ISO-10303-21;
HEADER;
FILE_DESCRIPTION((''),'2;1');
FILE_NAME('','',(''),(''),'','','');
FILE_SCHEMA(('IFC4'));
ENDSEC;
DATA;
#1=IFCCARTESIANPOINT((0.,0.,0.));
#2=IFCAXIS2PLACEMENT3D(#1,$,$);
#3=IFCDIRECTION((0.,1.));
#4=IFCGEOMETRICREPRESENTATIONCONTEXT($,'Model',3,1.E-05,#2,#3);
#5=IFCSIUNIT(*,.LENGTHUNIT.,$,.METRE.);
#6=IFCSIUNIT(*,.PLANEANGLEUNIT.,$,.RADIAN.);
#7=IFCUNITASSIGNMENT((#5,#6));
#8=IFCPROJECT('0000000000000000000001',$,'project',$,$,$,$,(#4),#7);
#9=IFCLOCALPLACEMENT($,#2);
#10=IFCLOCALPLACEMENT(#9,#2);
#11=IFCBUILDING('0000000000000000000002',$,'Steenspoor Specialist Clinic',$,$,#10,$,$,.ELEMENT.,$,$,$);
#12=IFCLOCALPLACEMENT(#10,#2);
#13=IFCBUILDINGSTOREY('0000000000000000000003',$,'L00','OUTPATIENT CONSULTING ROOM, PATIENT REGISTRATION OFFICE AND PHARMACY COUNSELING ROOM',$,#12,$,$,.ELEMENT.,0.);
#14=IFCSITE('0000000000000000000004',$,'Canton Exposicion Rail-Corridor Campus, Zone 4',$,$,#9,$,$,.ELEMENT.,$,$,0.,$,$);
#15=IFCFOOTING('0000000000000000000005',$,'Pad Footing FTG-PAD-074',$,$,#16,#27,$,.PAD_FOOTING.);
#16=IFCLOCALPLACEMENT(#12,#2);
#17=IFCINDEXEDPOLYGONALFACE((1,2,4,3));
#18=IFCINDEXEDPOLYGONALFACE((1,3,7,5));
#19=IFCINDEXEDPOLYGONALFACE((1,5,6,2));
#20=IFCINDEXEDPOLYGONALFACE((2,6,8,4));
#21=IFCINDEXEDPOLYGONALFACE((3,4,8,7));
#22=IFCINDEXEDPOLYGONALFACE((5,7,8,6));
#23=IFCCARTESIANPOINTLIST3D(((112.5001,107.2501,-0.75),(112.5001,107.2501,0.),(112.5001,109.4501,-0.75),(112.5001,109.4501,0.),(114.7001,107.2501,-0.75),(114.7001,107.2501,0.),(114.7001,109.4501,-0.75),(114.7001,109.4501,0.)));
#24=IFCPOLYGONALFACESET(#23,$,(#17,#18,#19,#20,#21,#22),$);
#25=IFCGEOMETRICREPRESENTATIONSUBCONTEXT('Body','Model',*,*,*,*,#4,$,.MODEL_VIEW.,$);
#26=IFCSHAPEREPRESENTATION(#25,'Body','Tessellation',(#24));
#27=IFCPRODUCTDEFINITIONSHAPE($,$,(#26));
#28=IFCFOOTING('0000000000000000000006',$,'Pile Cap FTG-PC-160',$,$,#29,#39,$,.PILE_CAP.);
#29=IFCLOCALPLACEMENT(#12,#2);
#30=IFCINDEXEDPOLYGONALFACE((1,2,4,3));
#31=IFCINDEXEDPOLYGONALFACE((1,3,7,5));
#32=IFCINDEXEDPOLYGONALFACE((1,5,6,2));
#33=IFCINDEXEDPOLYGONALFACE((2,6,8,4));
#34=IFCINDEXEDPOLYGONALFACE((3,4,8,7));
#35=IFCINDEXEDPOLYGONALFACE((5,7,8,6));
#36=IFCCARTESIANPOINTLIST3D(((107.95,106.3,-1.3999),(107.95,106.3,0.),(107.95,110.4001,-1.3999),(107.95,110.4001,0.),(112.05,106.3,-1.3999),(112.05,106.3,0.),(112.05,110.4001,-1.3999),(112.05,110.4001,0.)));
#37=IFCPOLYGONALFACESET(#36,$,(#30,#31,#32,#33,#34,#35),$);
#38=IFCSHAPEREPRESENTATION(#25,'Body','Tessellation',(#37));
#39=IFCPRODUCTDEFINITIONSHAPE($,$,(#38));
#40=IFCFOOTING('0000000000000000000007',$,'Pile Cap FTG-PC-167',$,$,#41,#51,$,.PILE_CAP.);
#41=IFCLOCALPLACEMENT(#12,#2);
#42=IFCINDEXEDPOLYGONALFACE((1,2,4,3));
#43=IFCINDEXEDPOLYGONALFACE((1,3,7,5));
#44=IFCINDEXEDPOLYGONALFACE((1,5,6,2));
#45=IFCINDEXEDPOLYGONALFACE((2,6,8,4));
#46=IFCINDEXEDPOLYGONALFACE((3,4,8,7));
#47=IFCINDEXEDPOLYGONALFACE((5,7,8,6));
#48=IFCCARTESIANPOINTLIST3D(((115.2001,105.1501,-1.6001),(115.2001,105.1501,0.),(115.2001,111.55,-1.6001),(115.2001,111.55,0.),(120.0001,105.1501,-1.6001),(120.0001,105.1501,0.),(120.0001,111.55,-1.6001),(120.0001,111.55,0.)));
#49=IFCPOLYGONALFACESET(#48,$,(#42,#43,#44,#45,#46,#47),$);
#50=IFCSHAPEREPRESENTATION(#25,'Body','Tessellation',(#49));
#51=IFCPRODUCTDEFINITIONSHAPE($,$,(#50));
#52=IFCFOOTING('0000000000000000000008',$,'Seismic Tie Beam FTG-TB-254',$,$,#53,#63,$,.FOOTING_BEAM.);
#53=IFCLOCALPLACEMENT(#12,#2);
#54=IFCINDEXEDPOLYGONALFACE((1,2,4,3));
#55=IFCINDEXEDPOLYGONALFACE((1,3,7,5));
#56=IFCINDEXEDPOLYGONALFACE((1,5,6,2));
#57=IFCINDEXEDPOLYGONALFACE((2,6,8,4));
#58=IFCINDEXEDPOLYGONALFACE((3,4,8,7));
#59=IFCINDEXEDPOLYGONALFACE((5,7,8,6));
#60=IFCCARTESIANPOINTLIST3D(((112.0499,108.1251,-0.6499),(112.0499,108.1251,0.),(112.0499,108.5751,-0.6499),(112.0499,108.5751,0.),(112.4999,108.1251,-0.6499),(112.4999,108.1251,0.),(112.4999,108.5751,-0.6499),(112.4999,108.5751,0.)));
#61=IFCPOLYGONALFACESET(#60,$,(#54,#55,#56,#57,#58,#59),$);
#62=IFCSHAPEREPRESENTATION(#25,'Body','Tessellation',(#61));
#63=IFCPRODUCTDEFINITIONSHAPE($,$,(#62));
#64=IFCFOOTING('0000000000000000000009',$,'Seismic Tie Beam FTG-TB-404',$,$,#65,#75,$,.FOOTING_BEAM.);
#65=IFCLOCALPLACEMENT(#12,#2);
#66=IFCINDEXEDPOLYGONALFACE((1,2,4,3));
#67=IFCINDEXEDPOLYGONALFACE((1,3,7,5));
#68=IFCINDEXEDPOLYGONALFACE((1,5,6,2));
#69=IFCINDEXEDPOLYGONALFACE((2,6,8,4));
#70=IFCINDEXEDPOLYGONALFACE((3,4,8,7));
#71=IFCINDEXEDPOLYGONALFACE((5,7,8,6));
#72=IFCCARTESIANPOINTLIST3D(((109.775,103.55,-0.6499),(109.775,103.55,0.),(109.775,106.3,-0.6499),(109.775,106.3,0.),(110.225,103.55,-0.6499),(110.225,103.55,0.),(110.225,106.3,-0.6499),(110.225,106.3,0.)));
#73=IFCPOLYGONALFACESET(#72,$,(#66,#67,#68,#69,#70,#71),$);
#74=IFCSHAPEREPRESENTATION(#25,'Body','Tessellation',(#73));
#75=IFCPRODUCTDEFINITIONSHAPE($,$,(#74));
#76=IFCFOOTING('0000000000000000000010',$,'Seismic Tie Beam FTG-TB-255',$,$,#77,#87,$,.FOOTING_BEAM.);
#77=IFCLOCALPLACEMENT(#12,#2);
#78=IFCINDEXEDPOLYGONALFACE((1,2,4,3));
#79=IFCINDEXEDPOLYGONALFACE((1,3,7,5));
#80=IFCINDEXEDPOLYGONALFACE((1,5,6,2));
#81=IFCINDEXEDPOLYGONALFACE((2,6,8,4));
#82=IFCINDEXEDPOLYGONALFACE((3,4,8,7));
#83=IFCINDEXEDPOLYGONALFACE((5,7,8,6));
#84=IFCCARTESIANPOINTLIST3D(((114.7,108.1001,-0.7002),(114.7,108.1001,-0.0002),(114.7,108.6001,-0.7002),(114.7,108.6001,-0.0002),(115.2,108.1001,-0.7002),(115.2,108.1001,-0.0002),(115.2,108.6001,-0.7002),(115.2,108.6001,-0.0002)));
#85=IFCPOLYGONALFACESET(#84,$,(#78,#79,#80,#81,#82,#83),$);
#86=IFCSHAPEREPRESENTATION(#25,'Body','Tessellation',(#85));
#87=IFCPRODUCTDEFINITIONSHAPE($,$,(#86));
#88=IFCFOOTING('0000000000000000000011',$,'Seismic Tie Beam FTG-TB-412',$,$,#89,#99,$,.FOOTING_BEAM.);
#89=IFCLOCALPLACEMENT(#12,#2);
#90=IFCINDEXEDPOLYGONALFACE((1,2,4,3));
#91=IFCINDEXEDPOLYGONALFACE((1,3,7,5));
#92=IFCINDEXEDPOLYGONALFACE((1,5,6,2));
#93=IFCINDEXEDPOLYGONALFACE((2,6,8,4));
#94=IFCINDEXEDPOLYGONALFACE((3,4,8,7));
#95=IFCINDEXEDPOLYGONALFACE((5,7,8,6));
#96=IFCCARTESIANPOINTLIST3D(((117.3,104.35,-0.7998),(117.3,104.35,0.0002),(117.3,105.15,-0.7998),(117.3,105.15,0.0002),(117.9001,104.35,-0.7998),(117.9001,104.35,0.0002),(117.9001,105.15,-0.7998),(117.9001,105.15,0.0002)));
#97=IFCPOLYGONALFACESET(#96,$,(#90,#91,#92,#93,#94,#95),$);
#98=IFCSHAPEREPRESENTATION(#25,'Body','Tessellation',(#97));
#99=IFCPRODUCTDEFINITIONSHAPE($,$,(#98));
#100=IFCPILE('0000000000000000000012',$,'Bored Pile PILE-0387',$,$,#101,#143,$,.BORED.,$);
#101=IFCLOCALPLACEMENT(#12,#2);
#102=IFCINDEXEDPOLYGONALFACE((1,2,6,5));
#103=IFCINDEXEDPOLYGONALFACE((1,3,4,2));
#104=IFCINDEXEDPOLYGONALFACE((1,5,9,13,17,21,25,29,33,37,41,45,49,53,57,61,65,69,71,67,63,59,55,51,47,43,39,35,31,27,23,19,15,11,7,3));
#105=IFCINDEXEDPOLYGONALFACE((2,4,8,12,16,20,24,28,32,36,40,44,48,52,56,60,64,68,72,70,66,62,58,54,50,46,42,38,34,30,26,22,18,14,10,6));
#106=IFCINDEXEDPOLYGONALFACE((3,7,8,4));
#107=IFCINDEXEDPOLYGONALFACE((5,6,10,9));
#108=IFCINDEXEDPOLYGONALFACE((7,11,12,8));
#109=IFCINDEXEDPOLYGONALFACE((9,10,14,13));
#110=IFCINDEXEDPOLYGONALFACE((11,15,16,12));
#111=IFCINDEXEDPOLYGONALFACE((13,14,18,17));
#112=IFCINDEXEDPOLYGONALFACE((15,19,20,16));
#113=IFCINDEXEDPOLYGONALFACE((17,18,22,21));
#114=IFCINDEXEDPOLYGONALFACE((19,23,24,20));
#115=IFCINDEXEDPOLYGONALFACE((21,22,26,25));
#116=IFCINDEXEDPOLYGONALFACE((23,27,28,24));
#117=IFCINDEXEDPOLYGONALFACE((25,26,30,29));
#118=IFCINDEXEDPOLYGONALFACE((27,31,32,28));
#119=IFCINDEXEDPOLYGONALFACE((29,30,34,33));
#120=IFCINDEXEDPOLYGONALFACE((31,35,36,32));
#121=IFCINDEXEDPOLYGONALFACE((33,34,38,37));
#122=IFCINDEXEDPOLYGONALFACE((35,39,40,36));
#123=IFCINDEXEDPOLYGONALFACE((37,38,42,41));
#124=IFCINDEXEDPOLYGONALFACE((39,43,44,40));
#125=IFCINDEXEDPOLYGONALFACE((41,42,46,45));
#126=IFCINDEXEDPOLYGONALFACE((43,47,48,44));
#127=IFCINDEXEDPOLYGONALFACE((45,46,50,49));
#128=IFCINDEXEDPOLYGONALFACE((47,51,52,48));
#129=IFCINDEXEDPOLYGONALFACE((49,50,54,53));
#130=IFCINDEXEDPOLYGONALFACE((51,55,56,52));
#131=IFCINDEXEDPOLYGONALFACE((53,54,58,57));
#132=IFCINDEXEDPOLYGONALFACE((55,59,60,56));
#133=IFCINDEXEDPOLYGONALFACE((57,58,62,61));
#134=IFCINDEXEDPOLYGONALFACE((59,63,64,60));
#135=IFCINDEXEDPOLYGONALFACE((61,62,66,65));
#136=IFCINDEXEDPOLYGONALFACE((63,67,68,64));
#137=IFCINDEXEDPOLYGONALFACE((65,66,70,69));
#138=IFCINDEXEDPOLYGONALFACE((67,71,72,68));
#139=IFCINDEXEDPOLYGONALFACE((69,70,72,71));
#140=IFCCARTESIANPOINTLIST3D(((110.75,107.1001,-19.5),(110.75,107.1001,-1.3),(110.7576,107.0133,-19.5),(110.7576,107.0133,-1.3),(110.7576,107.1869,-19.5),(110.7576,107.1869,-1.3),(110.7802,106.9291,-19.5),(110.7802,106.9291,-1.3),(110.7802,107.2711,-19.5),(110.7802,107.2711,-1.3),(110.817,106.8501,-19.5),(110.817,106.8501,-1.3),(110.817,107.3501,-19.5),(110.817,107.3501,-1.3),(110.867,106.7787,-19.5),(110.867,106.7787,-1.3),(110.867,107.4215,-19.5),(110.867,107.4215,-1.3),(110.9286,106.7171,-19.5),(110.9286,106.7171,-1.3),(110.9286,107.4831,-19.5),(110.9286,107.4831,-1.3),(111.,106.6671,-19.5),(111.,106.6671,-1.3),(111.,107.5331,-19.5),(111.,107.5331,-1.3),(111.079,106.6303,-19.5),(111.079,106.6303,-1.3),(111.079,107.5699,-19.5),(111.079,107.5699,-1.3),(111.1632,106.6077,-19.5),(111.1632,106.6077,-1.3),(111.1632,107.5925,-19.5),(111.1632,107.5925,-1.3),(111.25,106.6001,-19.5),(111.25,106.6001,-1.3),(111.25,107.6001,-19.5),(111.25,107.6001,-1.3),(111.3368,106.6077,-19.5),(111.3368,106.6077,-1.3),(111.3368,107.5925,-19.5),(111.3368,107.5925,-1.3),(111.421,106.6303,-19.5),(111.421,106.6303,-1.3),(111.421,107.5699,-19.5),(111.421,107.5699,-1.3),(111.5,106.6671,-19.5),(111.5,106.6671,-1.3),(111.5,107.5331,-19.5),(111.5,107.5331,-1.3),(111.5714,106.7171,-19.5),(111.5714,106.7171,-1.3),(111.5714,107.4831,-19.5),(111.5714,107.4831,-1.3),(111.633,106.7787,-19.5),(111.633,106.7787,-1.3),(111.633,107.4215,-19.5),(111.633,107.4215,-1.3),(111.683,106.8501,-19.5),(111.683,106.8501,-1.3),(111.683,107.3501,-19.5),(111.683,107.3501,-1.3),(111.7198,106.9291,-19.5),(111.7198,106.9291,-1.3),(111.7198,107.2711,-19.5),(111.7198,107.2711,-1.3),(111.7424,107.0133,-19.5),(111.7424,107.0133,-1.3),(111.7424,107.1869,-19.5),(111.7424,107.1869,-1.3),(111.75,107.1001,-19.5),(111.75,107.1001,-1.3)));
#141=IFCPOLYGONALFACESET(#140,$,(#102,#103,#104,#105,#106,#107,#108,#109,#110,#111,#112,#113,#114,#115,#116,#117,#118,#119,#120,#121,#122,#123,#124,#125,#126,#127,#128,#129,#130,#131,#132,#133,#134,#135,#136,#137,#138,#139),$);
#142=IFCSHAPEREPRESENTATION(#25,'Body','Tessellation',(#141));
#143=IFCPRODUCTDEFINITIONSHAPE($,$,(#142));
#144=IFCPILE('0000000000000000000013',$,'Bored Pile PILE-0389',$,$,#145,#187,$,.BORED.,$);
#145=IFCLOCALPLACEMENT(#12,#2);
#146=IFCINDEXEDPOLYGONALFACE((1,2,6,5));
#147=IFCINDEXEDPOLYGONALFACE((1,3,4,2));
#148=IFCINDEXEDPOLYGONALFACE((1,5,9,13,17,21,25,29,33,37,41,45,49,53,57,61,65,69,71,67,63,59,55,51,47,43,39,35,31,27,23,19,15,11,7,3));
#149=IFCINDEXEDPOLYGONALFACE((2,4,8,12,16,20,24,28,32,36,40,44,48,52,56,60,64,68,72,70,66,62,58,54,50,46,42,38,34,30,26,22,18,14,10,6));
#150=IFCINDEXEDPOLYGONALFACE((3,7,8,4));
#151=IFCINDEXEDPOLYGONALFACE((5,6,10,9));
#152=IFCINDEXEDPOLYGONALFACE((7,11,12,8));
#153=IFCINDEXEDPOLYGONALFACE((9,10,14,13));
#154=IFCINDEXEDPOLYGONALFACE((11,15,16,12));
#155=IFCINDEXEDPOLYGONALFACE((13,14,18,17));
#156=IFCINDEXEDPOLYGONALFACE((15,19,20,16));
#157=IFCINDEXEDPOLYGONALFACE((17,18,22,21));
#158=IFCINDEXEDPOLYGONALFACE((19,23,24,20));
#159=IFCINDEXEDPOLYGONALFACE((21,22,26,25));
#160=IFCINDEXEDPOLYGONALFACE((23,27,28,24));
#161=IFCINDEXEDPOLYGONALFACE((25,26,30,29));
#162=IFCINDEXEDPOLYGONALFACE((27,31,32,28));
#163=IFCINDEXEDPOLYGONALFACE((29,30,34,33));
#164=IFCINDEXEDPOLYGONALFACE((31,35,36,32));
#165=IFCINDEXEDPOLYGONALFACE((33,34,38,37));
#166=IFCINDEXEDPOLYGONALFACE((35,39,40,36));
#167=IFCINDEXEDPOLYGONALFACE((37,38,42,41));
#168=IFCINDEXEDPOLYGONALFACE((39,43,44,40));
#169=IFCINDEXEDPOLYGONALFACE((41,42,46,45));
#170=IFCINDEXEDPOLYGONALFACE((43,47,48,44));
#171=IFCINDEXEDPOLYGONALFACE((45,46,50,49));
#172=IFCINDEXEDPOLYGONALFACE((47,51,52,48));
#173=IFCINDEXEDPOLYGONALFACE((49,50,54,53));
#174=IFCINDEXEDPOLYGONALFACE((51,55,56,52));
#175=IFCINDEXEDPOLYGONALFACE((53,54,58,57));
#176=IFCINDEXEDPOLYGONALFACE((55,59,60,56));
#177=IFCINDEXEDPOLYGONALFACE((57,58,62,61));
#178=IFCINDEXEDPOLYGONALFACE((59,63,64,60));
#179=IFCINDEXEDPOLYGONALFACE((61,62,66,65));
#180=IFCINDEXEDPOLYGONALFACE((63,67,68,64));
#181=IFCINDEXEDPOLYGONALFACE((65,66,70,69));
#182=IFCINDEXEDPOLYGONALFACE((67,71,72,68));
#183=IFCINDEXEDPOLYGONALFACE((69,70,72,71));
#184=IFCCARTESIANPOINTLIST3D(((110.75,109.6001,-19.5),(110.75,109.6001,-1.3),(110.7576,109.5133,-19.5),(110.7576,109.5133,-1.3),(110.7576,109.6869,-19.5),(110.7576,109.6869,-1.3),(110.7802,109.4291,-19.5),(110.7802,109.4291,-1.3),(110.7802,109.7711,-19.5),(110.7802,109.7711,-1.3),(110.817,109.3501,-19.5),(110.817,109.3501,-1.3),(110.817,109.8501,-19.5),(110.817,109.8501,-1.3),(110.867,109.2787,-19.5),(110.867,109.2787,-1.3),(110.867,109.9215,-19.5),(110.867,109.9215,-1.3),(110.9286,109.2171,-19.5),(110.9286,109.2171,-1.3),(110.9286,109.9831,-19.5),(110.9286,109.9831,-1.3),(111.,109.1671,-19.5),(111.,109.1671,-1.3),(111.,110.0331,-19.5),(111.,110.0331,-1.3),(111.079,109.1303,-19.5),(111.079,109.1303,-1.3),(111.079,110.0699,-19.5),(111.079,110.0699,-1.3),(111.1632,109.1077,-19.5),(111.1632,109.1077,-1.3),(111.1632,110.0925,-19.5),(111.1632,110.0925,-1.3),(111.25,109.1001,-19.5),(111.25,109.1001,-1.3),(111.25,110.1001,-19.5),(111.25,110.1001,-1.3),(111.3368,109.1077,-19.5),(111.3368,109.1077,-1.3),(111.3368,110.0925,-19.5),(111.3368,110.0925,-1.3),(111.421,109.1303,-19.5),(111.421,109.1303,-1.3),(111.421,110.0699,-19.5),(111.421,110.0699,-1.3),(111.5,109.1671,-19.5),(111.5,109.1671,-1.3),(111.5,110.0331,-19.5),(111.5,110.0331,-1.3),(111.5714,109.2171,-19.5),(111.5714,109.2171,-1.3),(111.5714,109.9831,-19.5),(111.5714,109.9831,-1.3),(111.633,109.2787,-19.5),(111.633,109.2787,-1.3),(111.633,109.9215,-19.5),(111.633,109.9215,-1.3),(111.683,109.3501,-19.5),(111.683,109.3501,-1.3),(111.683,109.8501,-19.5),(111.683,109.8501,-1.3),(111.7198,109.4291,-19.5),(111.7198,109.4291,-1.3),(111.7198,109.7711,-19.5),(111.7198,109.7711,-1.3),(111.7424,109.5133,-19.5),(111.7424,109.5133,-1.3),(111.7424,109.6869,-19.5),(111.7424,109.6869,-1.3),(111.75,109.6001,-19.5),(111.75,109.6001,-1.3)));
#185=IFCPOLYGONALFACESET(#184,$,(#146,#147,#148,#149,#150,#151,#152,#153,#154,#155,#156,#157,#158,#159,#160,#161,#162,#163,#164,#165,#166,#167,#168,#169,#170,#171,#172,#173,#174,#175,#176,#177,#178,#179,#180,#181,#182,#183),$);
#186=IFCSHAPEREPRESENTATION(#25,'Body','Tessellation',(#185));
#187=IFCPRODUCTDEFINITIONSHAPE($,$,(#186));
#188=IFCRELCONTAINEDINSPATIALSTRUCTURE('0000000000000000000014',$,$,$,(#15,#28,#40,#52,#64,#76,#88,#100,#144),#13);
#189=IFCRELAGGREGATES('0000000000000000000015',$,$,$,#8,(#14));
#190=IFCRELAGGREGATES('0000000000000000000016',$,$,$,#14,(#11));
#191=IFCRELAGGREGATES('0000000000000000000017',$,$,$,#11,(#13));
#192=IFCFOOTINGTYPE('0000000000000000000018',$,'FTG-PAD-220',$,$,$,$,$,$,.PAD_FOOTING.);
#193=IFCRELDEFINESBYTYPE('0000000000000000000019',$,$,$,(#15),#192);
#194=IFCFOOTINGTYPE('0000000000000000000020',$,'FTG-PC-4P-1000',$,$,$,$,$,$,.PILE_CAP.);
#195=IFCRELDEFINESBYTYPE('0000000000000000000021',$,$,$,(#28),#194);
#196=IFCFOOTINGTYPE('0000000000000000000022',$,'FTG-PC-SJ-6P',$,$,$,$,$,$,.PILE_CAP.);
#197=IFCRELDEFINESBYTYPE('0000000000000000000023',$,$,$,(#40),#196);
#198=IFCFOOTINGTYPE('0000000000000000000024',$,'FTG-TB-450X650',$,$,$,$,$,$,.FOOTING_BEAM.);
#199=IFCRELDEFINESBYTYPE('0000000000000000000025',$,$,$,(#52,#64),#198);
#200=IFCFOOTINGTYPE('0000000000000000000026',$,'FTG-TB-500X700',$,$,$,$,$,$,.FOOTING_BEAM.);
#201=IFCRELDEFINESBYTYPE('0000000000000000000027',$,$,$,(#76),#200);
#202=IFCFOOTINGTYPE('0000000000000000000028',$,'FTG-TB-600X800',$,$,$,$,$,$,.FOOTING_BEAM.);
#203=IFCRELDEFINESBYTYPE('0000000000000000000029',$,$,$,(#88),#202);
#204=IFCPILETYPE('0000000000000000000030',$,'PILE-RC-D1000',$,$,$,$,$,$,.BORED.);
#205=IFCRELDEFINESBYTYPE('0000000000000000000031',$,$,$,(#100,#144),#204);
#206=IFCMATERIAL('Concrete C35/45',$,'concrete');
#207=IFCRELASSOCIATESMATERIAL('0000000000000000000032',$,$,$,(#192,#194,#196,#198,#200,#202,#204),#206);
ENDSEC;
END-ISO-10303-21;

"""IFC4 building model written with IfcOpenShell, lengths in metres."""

from ifc_helpers import new_model, si_unit, direction, frame, origin, origin_2d, place, context, subcontext, project, spatial, rectangle, circle, extrude, material, material_profile, profile_set, type_object, element, save


model = new_model("IFC4")

# Units and contexts
model_context = context("Model", 3, precision=1e-05, world=origin(), true_north=direction((0.0, 1.0)))
body_context = subcontext(model_context, "Body", "Model", "MODEL_VIEW")
ifc_project = project(units=[si_unit("LENGTHUNIT", "METRE"), si_unit("PLANEANGLEUNIT", "RADIAN")], contexts=[model_context])

# Site, building, storey
site_placement = place(None, origin())
site = spatial("IfcSite", under=ifc_project, at=site_placement, Name="Canton Exposicion Rail-Corridor Campus, Zone 4", CompositionType="ELEMENT", RefElevation=0.0)
building_placement = place(site_placement, origin())
building = spatial("IfcBuilding", under=site, at=building_placement, Name="Steenspoor Specialist Clinic", CompositionType="ELEMENT")
storey_placement = place(building_placement, origin())
storey = spatial("IfcBuildingStorey", under=building, at=storey_placement, Name="L00", Description="OUTPATIENT CONSULTING ROOM, PATIENT REGISTRATION OFFICE AND PHARMACY COUNSELING ROOM", CompositionType="ELEMENT", Elevation=0.0)

# Footings
ifc_material_1 = material(Name="Concrete C35/45", Category="concrete")
footing_type_1 = type_object("IfcFootingType", Name="FTG-PAD-220", PredefinedType="PAD_FOOTING", material=ifc_material_1)
footing_1_placement = place(storey_placement, frame((113.6001, 108.3501, -0.75), z_axis=(0.0, 0.0, 1.0), x_axis=(1.0, 0.0, 0.0)))
element("IfcFooting", 1, at=footing_1_placement, inside=storey, type_object=footing_type_1, Name="Pad Footing FTG-PAD-074", PredefinedType="PAD_FOOTING", context=body_context, shape_type="SweptSolid", body=[
    extrude(rectangle(XDim=2.2, YDim=2.2, at=origin_2d()), origin(), (0.0, 0.0, 1.0), 0.75),
])
footing_type_2 = type_object("IfcFootingType", Name="FTG-PC-4P-1000", PredefinedType="PILE_CAP", material=ifc_material_1)
footing_2_placement = place(storey_placement, frame((110.0, 108.3501, -1.3999), z_axis=(0.0, 0.0, 1.0), x_axis=(1.0, 0.0, 0.0)))
element("IfcFooting", 2, at=footing_2_placement, inside=storey, type_object=footing_type_2, Name="Pile Cap FTG-PC-160", PredefinedType="PILE_CAP", context=body_context, shape_type="SweptSolid", body=[
    extrude(rectangle(XDim=4.1001, YDim=4.1001, at=origin_2d()), origin(), (0.0, 0.0, 1.0), 1.3999),
])
footing_type_3 = type_object("IfcFootingType", Name="FTG-PC-SJ-6P", PredefinedType="PILE_CAP", material=ifc_material_1)
footing_3_placement = place(storey_placement, frame((117.6001, 108.3501, -1.6001), z_axis=(0.0, 0.0, 1.0), x_axis=(1.0, 0.0, 0.0)))
element("IfcFooting", 3, at=footing_3_placement, inside=storey, type_object=footing_type_3, Name="Pile Cap FTG-PC-167", PredefinedType="PILE_CAP", context=body_context, shape_type="SweptSolid", body=[
    extrude(rectangle(XDim=4.8, YDim=6.3999, at=origin_2d()), origin(), (0.0, 0.0, 1.0), 1.6001),
])
footing_type_4 = type_object("IfcFootingType", Name="FTG-TB-450X650", PredefinedType="FOOTING_BEAM", material=ifc_material_1)
footing_4_placement = place(storey_placement, frame((112.2749, 108.3501, -0.6499), z_axis=(0.0, 0.0, 1.0), x_axis=(1.0, 0.0, 0.0)))
element("IfcFooting", 4, at=footing_4_placement, inside=storey, type_object=footing_type_4, Name="Seismic Tie Beam FTG-TB-254", PredefinedType="FOOTING_BEAM", context=body_context, shape_type="SweptSolid", body=[
    extrude(rectangle(XDim=0.45, YDim=0.45, at=origin_2d()), origin(), (0.0, 0.0, 1.0), 0.6499),
])
footing_5_placement = place(storey_placement, frame((110.0, 104.925, -0.6499), z_axis=(0.0, 0.0, 1.0), x_axis=(1.0, 0.0, 0.0)))
element("IfcFooting", 5, at=footing_5_placement, inside=storey, type_object=footing_type_4, Name="Seismic Tie Beam FTG-TB-404", PredefinedType="FOOTING_BEAM", context=body_context, shape_type="SweptSolid", body=[
    extrude(rectangle(XDim=0.45, YDim=2.75, at=origin_2d()), origin(), (0.0, 0.0, 1.0), 0.6499),
])
footing_type_5 = type_object("IfcFootingType", Name="FTG-TB-500X700", PredefinedType="FOOTING_BEAM", material=ifc_material_1)
footing_6_placement = place(storey_placement, frame((114.95, 108.3501, -0.7002), z_axis=(0.0, 0.0, 1.0), x_axis=(1.0, 0.0, 0.0)))
element("IfcFooting", 6, at=footing_6_placement, inside=storey, type_object=footing_type_5, Name="Seismic Tie Beam FTG-TB-255", PredefinedType="FOOTING_BEAM", context=body_context, shape_type="SweptSolid", body=[
    extrude(rectangle(XDim=0.5, YDim=0.5, at=origin_2d()), origin(), (0.0, 0.0, 1.0), 0.7),
])
footing_type_6 = type_object("IfcFootingType", Name="FTG-TB-600X800", PredefinedType="FOOTING_BEAM", material=ifc_material_1)
footing_7_placement = place(storey_placement, frame((117.6001, 104.75, -0.7998), z_axis=(0.0, 0.0, 1.0), x_axis=(1.0, 0.0, 0.0)))
element("IfcFooting", 7, at=footing_7_placement, inside=storey, type_object=footing_type_6, Name="Seismic Tie Beam FTG-TB-412", PredefinedType="FOOTING_BEAM", context=body_context, shape_type="SweptSolid", body=[
    extrude(rectangle(XDim=0.6001, YDim=0.8, at=origin_2d()), origin(), (0.0, 0.0, 1.0), 0.8),
])

# Piles
ifc_material_profile_1 = material_profile(ifc_material_1, circle(Radius=0.5, at=origin_2d()), Name="PILE-D1000")
ifc_profile_set_1 = profile_set([ifc_material_profile_1], Name="Concrete C35/45")
pile_type = type_object("IfcPileType", Name="PILE-RC-D1000", PredefinedType="BORED", material=ifc_profile_set_1)
for number, where, z_axis, x_axis, name in (
    (8, (111.25, 107.1001, -1.3), (0.0, 0.0, -1.0), (1.0, 0.0, 0.0), "Bored Pile PILE-0387"),
    (9, (111.25, 109.6001, -1.3), (0.0, 0.0, -1.0), (1.0, 0.0, 0.0), "Bored Pile PILE-0389"),
):
    element("IfcPile", number, at=place(storey_placement, frame(where, z_axis=z_axis, x_axis=x_axis)), inside=storey, type_object=pile_type, Name=name, PredefinedType="BORED", context=body_context, shape_type="SweptSolid", body=[
        extrude(circle(Radius=0.5, at=origin_2d()), origin(), (0.0, 0.0, 1.0), 18.2),
    ])

save(model, "model.ifc")
